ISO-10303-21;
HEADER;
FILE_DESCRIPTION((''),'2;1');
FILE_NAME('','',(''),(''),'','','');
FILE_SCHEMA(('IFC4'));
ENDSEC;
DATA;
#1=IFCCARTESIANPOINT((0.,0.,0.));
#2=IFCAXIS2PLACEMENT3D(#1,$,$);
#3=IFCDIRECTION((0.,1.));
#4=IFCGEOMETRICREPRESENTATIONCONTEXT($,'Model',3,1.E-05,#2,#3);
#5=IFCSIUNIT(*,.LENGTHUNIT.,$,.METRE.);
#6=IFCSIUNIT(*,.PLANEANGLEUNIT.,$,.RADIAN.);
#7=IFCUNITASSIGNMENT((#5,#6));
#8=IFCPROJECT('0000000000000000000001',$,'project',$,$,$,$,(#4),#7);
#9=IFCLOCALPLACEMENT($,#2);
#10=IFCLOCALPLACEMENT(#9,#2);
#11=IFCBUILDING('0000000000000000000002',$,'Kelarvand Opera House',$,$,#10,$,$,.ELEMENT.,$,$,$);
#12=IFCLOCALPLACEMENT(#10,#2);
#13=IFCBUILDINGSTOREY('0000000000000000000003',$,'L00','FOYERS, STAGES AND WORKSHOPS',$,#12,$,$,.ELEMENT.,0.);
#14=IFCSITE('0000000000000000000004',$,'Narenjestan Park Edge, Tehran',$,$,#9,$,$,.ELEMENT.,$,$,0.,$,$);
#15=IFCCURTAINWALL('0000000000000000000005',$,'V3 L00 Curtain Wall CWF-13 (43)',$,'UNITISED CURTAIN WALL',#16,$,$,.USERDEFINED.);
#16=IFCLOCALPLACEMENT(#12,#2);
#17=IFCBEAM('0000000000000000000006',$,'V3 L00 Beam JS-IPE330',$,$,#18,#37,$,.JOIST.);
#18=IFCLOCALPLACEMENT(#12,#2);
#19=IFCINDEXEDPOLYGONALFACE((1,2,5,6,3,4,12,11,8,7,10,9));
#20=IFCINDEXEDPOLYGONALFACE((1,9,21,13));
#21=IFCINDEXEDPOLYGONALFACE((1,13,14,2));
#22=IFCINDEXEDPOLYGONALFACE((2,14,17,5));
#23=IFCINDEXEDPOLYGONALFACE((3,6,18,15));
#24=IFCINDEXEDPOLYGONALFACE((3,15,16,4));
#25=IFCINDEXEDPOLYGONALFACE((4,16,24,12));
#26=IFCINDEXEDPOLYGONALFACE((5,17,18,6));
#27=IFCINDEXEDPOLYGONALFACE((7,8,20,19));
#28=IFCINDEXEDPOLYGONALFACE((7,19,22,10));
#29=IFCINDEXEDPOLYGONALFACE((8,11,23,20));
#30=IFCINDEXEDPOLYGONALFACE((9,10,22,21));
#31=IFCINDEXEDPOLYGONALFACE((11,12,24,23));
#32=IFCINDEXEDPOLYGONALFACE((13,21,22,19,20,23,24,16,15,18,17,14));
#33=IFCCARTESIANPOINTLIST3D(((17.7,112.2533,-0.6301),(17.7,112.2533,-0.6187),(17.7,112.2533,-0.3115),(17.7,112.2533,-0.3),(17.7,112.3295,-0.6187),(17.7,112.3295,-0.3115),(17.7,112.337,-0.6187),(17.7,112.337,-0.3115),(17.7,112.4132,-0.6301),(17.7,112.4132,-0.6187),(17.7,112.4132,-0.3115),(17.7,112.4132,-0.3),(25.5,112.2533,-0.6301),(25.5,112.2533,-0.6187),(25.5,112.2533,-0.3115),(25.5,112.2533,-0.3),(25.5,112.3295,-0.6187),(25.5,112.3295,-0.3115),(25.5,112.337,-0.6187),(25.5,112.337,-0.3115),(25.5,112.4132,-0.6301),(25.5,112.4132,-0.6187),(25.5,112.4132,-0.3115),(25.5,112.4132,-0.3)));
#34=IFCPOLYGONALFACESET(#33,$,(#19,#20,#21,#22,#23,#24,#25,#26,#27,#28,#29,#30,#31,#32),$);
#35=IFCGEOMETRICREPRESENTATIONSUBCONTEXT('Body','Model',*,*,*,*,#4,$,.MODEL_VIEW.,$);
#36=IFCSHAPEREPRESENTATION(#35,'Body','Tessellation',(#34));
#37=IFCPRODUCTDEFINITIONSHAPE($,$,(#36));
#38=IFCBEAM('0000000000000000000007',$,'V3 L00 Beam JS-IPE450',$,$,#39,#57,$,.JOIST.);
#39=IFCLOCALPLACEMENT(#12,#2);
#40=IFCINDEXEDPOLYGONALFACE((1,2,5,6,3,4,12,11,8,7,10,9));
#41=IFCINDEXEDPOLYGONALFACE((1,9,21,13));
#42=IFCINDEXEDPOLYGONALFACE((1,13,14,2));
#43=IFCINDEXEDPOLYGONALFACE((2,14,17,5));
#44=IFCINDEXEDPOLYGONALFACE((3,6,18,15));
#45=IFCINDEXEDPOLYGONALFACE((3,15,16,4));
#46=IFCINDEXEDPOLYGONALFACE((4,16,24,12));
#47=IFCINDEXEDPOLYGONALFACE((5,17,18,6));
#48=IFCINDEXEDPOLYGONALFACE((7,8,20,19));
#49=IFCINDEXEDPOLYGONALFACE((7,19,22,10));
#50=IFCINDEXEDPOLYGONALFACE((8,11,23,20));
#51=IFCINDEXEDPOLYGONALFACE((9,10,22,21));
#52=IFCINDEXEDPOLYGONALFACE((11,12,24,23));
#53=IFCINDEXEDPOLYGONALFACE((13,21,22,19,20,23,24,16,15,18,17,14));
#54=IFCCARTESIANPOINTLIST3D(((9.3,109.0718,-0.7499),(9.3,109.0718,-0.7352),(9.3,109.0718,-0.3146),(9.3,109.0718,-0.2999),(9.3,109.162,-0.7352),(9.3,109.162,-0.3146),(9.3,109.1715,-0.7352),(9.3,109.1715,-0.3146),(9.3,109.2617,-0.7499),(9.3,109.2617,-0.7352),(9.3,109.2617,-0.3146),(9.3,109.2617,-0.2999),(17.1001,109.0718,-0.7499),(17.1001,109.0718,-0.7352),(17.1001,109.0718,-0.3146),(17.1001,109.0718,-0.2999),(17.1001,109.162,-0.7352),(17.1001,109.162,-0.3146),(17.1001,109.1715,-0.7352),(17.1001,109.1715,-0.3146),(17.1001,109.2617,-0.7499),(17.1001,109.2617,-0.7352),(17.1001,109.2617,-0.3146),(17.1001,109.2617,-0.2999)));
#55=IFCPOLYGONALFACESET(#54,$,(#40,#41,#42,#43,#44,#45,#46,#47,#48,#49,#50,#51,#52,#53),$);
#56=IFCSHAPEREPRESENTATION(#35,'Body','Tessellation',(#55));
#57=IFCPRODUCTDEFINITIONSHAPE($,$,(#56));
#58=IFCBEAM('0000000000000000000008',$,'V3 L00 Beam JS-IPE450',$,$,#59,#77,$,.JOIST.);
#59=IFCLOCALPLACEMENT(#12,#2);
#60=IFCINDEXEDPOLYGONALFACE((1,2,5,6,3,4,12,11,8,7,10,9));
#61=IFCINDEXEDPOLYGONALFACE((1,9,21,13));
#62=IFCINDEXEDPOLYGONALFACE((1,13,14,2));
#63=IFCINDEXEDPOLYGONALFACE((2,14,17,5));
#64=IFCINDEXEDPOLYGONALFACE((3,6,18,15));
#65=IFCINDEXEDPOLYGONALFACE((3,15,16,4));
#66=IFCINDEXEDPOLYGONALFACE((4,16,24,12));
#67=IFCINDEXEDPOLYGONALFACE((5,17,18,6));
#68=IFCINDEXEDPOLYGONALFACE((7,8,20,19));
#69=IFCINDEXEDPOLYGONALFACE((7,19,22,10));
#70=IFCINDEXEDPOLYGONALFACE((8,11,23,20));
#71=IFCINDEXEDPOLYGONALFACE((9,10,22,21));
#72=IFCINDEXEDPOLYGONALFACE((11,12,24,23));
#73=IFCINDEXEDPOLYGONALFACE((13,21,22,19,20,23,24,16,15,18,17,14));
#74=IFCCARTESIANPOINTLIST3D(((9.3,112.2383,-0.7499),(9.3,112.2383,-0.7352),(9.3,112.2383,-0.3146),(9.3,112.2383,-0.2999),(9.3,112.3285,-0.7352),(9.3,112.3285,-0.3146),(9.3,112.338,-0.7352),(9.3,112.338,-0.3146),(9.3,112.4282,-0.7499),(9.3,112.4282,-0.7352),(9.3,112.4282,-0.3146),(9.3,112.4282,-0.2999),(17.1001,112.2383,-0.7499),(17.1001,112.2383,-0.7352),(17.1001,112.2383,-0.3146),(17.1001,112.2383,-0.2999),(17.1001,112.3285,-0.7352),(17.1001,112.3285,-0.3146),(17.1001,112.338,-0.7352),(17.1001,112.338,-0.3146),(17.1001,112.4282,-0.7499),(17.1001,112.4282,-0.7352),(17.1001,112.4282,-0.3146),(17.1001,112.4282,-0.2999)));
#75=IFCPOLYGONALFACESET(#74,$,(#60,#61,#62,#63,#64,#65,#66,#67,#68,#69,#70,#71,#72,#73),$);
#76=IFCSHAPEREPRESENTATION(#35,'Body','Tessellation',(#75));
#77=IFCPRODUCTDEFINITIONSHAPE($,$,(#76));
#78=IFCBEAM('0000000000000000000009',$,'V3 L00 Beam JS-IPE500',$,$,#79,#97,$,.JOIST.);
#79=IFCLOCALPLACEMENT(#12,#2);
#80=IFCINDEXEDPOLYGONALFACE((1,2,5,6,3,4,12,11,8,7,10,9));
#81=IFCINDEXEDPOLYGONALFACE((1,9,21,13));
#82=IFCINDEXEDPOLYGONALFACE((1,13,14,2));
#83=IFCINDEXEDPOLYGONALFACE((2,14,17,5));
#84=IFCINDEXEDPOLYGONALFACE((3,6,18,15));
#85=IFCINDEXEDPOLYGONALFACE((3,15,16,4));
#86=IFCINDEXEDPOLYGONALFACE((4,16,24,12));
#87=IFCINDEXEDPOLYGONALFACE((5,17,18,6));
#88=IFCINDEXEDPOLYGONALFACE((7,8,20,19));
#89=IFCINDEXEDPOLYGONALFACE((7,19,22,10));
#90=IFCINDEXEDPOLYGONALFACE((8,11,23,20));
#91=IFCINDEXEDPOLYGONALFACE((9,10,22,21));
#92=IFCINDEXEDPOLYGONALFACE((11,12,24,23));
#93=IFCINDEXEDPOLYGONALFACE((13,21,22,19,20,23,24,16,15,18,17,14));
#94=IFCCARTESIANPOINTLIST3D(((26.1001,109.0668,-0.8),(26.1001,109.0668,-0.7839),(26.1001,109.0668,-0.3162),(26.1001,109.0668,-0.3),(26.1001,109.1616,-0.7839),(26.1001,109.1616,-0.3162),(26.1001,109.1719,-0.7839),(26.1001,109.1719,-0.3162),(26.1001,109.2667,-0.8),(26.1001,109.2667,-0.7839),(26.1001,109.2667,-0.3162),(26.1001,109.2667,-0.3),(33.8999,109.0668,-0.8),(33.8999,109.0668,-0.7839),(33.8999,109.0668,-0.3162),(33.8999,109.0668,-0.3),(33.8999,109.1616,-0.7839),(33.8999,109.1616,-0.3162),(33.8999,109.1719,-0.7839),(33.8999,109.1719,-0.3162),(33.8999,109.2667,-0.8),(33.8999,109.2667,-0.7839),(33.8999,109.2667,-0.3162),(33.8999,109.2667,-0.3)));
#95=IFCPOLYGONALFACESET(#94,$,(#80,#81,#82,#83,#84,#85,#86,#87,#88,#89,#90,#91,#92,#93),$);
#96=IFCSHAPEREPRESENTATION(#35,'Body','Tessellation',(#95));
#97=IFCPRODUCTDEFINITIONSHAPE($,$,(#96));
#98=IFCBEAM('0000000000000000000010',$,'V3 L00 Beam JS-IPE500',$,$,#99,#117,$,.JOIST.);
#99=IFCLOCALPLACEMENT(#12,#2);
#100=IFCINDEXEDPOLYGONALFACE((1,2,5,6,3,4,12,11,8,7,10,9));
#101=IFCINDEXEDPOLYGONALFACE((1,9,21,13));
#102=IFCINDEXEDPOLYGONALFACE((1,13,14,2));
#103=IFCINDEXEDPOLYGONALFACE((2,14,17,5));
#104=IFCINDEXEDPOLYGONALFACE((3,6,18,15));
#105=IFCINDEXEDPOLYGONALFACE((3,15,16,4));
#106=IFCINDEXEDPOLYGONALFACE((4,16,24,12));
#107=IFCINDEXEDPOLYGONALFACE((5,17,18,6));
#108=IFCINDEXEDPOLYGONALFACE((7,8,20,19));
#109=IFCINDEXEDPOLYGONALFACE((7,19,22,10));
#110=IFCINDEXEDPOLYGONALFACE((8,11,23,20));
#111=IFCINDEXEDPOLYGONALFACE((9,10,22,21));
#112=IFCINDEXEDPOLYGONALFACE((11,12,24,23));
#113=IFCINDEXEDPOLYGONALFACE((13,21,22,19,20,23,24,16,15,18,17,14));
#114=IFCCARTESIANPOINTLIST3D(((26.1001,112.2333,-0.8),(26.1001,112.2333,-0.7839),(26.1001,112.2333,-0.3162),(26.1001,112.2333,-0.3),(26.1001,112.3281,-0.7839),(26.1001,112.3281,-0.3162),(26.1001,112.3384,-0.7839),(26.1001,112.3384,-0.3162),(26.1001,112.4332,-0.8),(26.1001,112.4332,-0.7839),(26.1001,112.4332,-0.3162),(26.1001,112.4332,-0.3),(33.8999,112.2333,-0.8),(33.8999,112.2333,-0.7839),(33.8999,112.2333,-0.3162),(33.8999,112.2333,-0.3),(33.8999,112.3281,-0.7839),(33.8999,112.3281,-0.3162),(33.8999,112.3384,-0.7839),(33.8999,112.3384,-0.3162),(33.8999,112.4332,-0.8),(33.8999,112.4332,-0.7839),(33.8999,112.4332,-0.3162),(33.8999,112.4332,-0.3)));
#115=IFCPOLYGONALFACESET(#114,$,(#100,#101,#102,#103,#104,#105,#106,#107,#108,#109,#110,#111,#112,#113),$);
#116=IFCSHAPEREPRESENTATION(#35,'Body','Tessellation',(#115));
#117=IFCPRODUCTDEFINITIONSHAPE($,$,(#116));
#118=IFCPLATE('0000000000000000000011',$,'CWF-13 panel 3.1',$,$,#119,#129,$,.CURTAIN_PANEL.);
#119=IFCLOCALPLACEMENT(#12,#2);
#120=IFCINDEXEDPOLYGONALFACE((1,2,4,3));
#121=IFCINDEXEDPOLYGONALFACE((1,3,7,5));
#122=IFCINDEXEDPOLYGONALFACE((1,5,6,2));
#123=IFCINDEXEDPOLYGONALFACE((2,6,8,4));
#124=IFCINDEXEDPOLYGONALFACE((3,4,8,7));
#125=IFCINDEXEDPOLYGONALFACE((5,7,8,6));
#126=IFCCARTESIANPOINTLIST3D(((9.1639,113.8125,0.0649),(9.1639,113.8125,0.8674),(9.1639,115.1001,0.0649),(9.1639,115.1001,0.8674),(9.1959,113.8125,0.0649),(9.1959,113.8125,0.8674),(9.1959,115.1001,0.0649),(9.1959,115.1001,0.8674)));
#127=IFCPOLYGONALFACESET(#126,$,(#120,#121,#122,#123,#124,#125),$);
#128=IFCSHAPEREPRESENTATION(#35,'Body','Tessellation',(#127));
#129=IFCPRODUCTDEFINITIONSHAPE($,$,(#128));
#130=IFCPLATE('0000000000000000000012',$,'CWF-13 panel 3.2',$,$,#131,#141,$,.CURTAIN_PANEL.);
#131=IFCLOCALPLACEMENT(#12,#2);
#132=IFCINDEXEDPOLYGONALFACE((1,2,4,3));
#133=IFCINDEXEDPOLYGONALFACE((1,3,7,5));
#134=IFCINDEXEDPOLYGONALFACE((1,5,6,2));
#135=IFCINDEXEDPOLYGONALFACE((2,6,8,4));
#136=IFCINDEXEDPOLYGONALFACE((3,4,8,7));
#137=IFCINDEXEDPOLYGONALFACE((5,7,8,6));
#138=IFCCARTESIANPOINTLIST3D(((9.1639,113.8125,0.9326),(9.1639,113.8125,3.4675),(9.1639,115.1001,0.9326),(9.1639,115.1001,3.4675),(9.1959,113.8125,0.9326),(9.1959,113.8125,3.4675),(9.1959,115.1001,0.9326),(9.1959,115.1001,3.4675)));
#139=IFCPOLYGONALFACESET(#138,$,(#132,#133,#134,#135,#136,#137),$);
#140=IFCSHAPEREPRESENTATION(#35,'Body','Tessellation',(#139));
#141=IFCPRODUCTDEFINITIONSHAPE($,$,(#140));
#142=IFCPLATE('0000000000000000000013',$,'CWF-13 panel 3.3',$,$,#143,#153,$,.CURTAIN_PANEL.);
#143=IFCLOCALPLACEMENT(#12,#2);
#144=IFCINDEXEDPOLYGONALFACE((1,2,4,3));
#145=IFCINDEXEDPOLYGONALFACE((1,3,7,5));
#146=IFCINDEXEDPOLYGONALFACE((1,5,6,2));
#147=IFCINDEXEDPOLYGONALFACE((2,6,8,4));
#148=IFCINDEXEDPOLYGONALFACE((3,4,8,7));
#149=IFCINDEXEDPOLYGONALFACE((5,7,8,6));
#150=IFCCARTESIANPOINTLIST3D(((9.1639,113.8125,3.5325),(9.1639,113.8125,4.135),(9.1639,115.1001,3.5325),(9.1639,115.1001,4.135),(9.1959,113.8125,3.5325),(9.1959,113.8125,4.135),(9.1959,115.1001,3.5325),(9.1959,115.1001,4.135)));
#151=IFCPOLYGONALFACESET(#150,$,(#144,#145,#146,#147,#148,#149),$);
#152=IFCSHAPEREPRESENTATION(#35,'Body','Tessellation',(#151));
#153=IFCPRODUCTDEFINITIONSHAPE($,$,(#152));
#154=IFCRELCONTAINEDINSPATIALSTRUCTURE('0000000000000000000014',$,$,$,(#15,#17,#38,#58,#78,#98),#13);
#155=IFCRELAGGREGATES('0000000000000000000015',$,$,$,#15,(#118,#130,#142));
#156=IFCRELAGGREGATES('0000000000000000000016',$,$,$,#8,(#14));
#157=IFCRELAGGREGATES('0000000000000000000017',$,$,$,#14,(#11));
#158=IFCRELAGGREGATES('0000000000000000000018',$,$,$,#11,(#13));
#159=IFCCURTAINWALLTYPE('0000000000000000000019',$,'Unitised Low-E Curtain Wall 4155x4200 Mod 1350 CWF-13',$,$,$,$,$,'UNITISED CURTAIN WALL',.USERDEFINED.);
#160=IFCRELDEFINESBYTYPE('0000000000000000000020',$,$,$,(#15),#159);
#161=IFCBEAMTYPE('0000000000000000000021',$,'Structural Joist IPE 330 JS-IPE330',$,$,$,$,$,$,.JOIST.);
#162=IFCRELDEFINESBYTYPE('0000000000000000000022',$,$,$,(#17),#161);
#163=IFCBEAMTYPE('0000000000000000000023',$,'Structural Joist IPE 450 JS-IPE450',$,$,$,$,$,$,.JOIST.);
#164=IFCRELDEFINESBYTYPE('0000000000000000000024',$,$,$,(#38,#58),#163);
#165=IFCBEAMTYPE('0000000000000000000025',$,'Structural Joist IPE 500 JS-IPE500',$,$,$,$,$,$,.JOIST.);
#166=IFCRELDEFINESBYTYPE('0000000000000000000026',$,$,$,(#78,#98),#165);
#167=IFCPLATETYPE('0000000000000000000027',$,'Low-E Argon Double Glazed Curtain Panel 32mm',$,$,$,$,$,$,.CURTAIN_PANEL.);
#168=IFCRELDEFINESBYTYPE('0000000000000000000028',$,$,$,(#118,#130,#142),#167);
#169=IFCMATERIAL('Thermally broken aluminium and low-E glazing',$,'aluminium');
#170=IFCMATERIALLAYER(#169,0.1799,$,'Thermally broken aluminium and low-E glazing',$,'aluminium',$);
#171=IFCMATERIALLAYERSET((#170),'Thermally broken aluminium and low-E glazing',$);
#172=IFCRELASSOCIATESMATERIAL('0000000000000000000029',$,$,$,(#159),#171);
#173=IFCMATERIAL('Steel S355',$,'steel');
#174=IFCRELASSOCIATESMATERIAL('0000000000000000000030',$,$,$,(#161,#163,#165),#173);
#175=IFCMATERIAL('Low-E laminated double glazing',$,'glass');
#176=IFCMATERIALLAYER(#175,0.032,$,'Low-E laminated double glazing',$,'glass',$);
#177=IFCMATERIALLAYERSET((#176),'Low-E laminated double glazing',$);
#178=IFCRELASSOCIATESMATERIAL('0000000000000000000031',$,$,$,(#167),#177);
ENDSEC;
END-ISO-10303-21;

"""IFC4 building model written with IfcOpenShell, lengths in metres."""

from ifc_helpers import new_model, si_unit, direction, frame, origin, origin_2d, place, context, subcontext, project, spatial, rectangle, i_section, extrude, material, layer, layer_set, material_profile, profile_set, type_object, element, aggregate, save


model = new_model("IFC4")

# Units and contexts
model_context = context("Model", 3, precision=1e-05, world=origin(), true_north=direction((0.0, 1.0)))
body_context = subcontext(model_context, "Body", "Model", "MODEL_VIEW")
ifc_project = project(units=[si_unit("LENGTHUNIT", "METRE"), si_unit("PLANEANGLEUNIT", "RADIAN")], contexts=[model_context])

# Site, building, storey
site_placement = place(None, origin())
site = spatial("IfcSite", under=ifc_project, at=site_placement, Name="Narenjestan Park Edge, Tehran", CompositionType="ELEMENT", RefElevation=0.0)
building_placement = place(site_placement, origin())
building = spatial("IfcBuilding", under=site, at=building_placement, Name="Kelarvand Opera House", CompositionType="ELEMENT")
storey_placement = place(building_placement, origin())
storey = spatial("IfcBuildingStorey", under=building, at=storey_placement, Name="L00", Description="FOYERS, STAGES AND WORKSHOPS", CompositionType="ELEMENT", Elevation=0.0)

# Curtain wall
ifc_material_1 = material(Name="Thermally broken aluminium and low-E glazing", Category="aluminium")
ifc_layer_1 = layer(ifc_material_1, 0.1799, Name="Thermally broken aluminium and low-E glazing", Category="aluminium")
ifc_layer_set_1 = layer_set([ifc_layer_1], Name="Thermally broken aluminium and low-E glazing")
curtain_wall_type = type_object("IfcCurtainWallType", Name="Unitised Low-E Curtain Wall 4155x4200 Mod 1350 CWF-13", ElementType="UNITISED CURTAIN WALL", PredefinedType="USERDEFINED", material=ifc_layer_set_1)
curtain_wall_placement = place(storey_placement, origin())
curtain_wall = element("IfcCurtainWall", 1, at=curtain_wall_placement, inside=storey, type_object=curtain_wall_type, Name="V3 L00 Curtain Wall CWF-13 (43)", ObjectType="UNITISED CURTAIN WALL", PredefinedType="USERDEFINED")

# Beams
ifc_material_2 = material(Name="Steel S355", Category="steel")
ifc_material_profile_1 = material_profile(ifc_material_2, i_section(OverallWidth=0.1599, OverallDepth=0.3301, WebThickness=0.0076, FlangeThickness=0.0115, at=origin_2d()), Name="IPE 330", Category="steel")
ifc_profile_set_1 = profile_set([ifc_material_profile_1], Name="Steel S355")
beam_type_1 = type_object("IfcBeamType", Name="Structural Joist IPE 330 JS-IPE330", PredefinedType="JOIST", material=ifc_profile_set_1)
for number, where, z_axis, x_axis, name in (
    (2, (17.7, 112.3333, -0.4651), (1.0, 0.0, 0.0), (0.0, 1.0, 0.0), "V3 L00 Beam JS-IPE330"),
):
    element("IfcBeam", number, at=place(storey_placement, frame(where, z_axis=z_axis, x_axis=x_axis)), inside=storey, type_object=beam_type_1, Name=name, PredefinedType="JOIST", context=body_context, shape_type="SweptSolid", body=[
        extrude(i_section(OverallWidth=0.1599, OverallDepth=0.3301, WebThickness=0.0076, FlangeThickness=0.0115, at=origin_2d()), origin(), (0.0, 0.0, 1.0), 7.8),
    ])
ifc_material_profile_2 = material_profile(ifc_material_2, i_section(OverallWidth=0.1899, OverallDepth=0.45, WebThickness=0.0095, FlangeThickness=0.0146, at=origin_2d()), Name="IPE 450", Category="steel")
ifc_profile_set_2 = profile_set([ifc_material_profile_2], Name="Steel S355")
beam_type_2 = type_object("IfcBeamType", Name="Structural Joist IPE 450 JS-IPE450", PredefinedType="JOIST", material=ifc_profile_set_2)
for number, where, z_axis, x_axis, name in (
    (3, (9.3, 109.1667, -0.5249), (1.0, 0.0, 0.0), (0.0, 1.0, 0.0), "V3 L00 Beam JS-IPE450"),
    (4, (9.3, 112.3333, -0.5249), (1.0, 0.0, 0.0), (0.0, 1.0, 0.0), "V3 L00 Beam JS-IPE450"),
):
    element("IfcBeam", number, at=place(storey_placement, frame(where, z_axis=z_axis, x_axis=x_axis)), inside=storey, type_object=beam_type_2, Name=name, PredefinedType="JOIST", context=body_context, shape_type="SweptSolid", body=[
        extrude(i_section(OverallWidth=0.1899, OverallDepth=0.45, WebThickness=0.0095, FlangeThickness=0.0146, at=origin_2d()), origin(), (0.0, 0.0, 1.0), 7.8),
    ])
ifc_material_profile_3 = material_profile(ifc_material_2, i_section(OverallWidth=0.2, OverallDepth=0.5, WebThickness=0.0103, FlangeThickness=0.0161, at=origin_2d()), Name="IPE 500", Category="steel")
ifc_profile_set_3 = profile_set([ifc_material_profile_3], Name="Steel S355")
beam_type_3 = type_object("IfcBeamType", Name="Structural Joist IPE 500 JS-IPE500", PredefinedType="JOIST", material=ifc_profile_set_3)
for number, where, z_axis, x_axis, name in (
    (5, (26.1001, 109.1667, -0.55), (1.0, 0.0, 0.0), (0.0, 1.0, 0.0), "V3 L00 Beam JS-IPE500"),
    (6, (26.1001, 112.3333, -0.55), (1.0, 0.0, 0.0), (0.0, 1.0, 0.0), "V3 L00 Beam JS-IPE500"),
):
    element("IfcBeam", number, at=place(storey_placement, frame(where, z_axis=z_axis, x_axis=x_axis)), inside=storey, type_object=beam_type_3, Name=name, PredefinedType="JOIST", context=body_context, shape_type="SweptSolid", body=[
        extrude(i_section(OverallWidth=0.2, OverallDepth=0.5, WebThickness=0.0103, FlangeThickness=0.0161, at=origin_2d()), origin(), (0.0, 0.0, 1.0), 7.7998),
    ])

# Plates
ifc_material_3 = material(Name="Low-E laminated double glazing", Category="glass")
ifc_layer_2 = layer(ifc_material_3, 0.032, Name="Low-E laminated double glazing", Category="glass")
ifc_layer_set_2 = layer_set([ifc_layer_2], Name="Low-E laminated double glazing")
plate_type = type_object("IfcPlateType", Name="Low-E Argon Double Glazed Curtain Panel 32mm", PredefinedType="CURTAIN_PANEL", material=ifc_layer_set_2)
plate_1_placement = place(storey_placement, frame((9.1799, 114.4563, 0.0649), z_axis=(0.0, 0.0, 1.0), x_axis=(0.0, 1.0, 0.0)))
plate_1 = element("IfcPlate", 7, at=plate_1_placement, type_object=plate_type, Name="CWF-13 panel 3.1", PredefinedType="CURTAIN_PANEL", context=body_context, shape_type="SweptSolid", body=[
    extrude(rectangle(XDim=1.2876, YDim=0.032, at=origin_2d()), origin(), (0.0, 0.0, 1.0), 0.8025),
])
plate_2_placement = place(storey_placement, frame((9.1799, 114.4563, 0.9326), z_axis=(0.0, 0.0, 1.0), x_axis=(0.0, 1.0, 0.0)))
plate_2 = element("IfcPlate", 8, at=plate_2_placement, type_object=plate_type, Name="CWF-13 panel 3.2", PredefinedType="CURTAIN_PANEL", context=body_context, shape_type="SweptSolid", body=[
    extrude(rectangle(XDim=1.2876, YDim=0.032, at=origin_2d()), origin(), (0.0, 0.0, 1.0), 2.5349),
])
plate_3_placement = place(storey_placement, frame((9.1799, 114.4563, 3.5325), z_axis=(0.0, 0.0, 1.0), x_axis=(0.0, 1.0, 0.0)))
plate_3 = element("IfcPlate", 9, at=plate_3_placement, type_object=plate_type, Name="CWF-13 panel 3.3", PredefinedType="CURTAIN_PANEL", context=body_context, shape_type="SweptSolid", body=[
    extrude(rectangle(XDim=1.2876, YDim=0.032, at=origin_2d()), origin(), (0.0, 0.0, 1.0), 0.6025),
])
aggregate(curtain_wall, [plate_1, plate_2, plate_3])

save(model, "model.ifc")
